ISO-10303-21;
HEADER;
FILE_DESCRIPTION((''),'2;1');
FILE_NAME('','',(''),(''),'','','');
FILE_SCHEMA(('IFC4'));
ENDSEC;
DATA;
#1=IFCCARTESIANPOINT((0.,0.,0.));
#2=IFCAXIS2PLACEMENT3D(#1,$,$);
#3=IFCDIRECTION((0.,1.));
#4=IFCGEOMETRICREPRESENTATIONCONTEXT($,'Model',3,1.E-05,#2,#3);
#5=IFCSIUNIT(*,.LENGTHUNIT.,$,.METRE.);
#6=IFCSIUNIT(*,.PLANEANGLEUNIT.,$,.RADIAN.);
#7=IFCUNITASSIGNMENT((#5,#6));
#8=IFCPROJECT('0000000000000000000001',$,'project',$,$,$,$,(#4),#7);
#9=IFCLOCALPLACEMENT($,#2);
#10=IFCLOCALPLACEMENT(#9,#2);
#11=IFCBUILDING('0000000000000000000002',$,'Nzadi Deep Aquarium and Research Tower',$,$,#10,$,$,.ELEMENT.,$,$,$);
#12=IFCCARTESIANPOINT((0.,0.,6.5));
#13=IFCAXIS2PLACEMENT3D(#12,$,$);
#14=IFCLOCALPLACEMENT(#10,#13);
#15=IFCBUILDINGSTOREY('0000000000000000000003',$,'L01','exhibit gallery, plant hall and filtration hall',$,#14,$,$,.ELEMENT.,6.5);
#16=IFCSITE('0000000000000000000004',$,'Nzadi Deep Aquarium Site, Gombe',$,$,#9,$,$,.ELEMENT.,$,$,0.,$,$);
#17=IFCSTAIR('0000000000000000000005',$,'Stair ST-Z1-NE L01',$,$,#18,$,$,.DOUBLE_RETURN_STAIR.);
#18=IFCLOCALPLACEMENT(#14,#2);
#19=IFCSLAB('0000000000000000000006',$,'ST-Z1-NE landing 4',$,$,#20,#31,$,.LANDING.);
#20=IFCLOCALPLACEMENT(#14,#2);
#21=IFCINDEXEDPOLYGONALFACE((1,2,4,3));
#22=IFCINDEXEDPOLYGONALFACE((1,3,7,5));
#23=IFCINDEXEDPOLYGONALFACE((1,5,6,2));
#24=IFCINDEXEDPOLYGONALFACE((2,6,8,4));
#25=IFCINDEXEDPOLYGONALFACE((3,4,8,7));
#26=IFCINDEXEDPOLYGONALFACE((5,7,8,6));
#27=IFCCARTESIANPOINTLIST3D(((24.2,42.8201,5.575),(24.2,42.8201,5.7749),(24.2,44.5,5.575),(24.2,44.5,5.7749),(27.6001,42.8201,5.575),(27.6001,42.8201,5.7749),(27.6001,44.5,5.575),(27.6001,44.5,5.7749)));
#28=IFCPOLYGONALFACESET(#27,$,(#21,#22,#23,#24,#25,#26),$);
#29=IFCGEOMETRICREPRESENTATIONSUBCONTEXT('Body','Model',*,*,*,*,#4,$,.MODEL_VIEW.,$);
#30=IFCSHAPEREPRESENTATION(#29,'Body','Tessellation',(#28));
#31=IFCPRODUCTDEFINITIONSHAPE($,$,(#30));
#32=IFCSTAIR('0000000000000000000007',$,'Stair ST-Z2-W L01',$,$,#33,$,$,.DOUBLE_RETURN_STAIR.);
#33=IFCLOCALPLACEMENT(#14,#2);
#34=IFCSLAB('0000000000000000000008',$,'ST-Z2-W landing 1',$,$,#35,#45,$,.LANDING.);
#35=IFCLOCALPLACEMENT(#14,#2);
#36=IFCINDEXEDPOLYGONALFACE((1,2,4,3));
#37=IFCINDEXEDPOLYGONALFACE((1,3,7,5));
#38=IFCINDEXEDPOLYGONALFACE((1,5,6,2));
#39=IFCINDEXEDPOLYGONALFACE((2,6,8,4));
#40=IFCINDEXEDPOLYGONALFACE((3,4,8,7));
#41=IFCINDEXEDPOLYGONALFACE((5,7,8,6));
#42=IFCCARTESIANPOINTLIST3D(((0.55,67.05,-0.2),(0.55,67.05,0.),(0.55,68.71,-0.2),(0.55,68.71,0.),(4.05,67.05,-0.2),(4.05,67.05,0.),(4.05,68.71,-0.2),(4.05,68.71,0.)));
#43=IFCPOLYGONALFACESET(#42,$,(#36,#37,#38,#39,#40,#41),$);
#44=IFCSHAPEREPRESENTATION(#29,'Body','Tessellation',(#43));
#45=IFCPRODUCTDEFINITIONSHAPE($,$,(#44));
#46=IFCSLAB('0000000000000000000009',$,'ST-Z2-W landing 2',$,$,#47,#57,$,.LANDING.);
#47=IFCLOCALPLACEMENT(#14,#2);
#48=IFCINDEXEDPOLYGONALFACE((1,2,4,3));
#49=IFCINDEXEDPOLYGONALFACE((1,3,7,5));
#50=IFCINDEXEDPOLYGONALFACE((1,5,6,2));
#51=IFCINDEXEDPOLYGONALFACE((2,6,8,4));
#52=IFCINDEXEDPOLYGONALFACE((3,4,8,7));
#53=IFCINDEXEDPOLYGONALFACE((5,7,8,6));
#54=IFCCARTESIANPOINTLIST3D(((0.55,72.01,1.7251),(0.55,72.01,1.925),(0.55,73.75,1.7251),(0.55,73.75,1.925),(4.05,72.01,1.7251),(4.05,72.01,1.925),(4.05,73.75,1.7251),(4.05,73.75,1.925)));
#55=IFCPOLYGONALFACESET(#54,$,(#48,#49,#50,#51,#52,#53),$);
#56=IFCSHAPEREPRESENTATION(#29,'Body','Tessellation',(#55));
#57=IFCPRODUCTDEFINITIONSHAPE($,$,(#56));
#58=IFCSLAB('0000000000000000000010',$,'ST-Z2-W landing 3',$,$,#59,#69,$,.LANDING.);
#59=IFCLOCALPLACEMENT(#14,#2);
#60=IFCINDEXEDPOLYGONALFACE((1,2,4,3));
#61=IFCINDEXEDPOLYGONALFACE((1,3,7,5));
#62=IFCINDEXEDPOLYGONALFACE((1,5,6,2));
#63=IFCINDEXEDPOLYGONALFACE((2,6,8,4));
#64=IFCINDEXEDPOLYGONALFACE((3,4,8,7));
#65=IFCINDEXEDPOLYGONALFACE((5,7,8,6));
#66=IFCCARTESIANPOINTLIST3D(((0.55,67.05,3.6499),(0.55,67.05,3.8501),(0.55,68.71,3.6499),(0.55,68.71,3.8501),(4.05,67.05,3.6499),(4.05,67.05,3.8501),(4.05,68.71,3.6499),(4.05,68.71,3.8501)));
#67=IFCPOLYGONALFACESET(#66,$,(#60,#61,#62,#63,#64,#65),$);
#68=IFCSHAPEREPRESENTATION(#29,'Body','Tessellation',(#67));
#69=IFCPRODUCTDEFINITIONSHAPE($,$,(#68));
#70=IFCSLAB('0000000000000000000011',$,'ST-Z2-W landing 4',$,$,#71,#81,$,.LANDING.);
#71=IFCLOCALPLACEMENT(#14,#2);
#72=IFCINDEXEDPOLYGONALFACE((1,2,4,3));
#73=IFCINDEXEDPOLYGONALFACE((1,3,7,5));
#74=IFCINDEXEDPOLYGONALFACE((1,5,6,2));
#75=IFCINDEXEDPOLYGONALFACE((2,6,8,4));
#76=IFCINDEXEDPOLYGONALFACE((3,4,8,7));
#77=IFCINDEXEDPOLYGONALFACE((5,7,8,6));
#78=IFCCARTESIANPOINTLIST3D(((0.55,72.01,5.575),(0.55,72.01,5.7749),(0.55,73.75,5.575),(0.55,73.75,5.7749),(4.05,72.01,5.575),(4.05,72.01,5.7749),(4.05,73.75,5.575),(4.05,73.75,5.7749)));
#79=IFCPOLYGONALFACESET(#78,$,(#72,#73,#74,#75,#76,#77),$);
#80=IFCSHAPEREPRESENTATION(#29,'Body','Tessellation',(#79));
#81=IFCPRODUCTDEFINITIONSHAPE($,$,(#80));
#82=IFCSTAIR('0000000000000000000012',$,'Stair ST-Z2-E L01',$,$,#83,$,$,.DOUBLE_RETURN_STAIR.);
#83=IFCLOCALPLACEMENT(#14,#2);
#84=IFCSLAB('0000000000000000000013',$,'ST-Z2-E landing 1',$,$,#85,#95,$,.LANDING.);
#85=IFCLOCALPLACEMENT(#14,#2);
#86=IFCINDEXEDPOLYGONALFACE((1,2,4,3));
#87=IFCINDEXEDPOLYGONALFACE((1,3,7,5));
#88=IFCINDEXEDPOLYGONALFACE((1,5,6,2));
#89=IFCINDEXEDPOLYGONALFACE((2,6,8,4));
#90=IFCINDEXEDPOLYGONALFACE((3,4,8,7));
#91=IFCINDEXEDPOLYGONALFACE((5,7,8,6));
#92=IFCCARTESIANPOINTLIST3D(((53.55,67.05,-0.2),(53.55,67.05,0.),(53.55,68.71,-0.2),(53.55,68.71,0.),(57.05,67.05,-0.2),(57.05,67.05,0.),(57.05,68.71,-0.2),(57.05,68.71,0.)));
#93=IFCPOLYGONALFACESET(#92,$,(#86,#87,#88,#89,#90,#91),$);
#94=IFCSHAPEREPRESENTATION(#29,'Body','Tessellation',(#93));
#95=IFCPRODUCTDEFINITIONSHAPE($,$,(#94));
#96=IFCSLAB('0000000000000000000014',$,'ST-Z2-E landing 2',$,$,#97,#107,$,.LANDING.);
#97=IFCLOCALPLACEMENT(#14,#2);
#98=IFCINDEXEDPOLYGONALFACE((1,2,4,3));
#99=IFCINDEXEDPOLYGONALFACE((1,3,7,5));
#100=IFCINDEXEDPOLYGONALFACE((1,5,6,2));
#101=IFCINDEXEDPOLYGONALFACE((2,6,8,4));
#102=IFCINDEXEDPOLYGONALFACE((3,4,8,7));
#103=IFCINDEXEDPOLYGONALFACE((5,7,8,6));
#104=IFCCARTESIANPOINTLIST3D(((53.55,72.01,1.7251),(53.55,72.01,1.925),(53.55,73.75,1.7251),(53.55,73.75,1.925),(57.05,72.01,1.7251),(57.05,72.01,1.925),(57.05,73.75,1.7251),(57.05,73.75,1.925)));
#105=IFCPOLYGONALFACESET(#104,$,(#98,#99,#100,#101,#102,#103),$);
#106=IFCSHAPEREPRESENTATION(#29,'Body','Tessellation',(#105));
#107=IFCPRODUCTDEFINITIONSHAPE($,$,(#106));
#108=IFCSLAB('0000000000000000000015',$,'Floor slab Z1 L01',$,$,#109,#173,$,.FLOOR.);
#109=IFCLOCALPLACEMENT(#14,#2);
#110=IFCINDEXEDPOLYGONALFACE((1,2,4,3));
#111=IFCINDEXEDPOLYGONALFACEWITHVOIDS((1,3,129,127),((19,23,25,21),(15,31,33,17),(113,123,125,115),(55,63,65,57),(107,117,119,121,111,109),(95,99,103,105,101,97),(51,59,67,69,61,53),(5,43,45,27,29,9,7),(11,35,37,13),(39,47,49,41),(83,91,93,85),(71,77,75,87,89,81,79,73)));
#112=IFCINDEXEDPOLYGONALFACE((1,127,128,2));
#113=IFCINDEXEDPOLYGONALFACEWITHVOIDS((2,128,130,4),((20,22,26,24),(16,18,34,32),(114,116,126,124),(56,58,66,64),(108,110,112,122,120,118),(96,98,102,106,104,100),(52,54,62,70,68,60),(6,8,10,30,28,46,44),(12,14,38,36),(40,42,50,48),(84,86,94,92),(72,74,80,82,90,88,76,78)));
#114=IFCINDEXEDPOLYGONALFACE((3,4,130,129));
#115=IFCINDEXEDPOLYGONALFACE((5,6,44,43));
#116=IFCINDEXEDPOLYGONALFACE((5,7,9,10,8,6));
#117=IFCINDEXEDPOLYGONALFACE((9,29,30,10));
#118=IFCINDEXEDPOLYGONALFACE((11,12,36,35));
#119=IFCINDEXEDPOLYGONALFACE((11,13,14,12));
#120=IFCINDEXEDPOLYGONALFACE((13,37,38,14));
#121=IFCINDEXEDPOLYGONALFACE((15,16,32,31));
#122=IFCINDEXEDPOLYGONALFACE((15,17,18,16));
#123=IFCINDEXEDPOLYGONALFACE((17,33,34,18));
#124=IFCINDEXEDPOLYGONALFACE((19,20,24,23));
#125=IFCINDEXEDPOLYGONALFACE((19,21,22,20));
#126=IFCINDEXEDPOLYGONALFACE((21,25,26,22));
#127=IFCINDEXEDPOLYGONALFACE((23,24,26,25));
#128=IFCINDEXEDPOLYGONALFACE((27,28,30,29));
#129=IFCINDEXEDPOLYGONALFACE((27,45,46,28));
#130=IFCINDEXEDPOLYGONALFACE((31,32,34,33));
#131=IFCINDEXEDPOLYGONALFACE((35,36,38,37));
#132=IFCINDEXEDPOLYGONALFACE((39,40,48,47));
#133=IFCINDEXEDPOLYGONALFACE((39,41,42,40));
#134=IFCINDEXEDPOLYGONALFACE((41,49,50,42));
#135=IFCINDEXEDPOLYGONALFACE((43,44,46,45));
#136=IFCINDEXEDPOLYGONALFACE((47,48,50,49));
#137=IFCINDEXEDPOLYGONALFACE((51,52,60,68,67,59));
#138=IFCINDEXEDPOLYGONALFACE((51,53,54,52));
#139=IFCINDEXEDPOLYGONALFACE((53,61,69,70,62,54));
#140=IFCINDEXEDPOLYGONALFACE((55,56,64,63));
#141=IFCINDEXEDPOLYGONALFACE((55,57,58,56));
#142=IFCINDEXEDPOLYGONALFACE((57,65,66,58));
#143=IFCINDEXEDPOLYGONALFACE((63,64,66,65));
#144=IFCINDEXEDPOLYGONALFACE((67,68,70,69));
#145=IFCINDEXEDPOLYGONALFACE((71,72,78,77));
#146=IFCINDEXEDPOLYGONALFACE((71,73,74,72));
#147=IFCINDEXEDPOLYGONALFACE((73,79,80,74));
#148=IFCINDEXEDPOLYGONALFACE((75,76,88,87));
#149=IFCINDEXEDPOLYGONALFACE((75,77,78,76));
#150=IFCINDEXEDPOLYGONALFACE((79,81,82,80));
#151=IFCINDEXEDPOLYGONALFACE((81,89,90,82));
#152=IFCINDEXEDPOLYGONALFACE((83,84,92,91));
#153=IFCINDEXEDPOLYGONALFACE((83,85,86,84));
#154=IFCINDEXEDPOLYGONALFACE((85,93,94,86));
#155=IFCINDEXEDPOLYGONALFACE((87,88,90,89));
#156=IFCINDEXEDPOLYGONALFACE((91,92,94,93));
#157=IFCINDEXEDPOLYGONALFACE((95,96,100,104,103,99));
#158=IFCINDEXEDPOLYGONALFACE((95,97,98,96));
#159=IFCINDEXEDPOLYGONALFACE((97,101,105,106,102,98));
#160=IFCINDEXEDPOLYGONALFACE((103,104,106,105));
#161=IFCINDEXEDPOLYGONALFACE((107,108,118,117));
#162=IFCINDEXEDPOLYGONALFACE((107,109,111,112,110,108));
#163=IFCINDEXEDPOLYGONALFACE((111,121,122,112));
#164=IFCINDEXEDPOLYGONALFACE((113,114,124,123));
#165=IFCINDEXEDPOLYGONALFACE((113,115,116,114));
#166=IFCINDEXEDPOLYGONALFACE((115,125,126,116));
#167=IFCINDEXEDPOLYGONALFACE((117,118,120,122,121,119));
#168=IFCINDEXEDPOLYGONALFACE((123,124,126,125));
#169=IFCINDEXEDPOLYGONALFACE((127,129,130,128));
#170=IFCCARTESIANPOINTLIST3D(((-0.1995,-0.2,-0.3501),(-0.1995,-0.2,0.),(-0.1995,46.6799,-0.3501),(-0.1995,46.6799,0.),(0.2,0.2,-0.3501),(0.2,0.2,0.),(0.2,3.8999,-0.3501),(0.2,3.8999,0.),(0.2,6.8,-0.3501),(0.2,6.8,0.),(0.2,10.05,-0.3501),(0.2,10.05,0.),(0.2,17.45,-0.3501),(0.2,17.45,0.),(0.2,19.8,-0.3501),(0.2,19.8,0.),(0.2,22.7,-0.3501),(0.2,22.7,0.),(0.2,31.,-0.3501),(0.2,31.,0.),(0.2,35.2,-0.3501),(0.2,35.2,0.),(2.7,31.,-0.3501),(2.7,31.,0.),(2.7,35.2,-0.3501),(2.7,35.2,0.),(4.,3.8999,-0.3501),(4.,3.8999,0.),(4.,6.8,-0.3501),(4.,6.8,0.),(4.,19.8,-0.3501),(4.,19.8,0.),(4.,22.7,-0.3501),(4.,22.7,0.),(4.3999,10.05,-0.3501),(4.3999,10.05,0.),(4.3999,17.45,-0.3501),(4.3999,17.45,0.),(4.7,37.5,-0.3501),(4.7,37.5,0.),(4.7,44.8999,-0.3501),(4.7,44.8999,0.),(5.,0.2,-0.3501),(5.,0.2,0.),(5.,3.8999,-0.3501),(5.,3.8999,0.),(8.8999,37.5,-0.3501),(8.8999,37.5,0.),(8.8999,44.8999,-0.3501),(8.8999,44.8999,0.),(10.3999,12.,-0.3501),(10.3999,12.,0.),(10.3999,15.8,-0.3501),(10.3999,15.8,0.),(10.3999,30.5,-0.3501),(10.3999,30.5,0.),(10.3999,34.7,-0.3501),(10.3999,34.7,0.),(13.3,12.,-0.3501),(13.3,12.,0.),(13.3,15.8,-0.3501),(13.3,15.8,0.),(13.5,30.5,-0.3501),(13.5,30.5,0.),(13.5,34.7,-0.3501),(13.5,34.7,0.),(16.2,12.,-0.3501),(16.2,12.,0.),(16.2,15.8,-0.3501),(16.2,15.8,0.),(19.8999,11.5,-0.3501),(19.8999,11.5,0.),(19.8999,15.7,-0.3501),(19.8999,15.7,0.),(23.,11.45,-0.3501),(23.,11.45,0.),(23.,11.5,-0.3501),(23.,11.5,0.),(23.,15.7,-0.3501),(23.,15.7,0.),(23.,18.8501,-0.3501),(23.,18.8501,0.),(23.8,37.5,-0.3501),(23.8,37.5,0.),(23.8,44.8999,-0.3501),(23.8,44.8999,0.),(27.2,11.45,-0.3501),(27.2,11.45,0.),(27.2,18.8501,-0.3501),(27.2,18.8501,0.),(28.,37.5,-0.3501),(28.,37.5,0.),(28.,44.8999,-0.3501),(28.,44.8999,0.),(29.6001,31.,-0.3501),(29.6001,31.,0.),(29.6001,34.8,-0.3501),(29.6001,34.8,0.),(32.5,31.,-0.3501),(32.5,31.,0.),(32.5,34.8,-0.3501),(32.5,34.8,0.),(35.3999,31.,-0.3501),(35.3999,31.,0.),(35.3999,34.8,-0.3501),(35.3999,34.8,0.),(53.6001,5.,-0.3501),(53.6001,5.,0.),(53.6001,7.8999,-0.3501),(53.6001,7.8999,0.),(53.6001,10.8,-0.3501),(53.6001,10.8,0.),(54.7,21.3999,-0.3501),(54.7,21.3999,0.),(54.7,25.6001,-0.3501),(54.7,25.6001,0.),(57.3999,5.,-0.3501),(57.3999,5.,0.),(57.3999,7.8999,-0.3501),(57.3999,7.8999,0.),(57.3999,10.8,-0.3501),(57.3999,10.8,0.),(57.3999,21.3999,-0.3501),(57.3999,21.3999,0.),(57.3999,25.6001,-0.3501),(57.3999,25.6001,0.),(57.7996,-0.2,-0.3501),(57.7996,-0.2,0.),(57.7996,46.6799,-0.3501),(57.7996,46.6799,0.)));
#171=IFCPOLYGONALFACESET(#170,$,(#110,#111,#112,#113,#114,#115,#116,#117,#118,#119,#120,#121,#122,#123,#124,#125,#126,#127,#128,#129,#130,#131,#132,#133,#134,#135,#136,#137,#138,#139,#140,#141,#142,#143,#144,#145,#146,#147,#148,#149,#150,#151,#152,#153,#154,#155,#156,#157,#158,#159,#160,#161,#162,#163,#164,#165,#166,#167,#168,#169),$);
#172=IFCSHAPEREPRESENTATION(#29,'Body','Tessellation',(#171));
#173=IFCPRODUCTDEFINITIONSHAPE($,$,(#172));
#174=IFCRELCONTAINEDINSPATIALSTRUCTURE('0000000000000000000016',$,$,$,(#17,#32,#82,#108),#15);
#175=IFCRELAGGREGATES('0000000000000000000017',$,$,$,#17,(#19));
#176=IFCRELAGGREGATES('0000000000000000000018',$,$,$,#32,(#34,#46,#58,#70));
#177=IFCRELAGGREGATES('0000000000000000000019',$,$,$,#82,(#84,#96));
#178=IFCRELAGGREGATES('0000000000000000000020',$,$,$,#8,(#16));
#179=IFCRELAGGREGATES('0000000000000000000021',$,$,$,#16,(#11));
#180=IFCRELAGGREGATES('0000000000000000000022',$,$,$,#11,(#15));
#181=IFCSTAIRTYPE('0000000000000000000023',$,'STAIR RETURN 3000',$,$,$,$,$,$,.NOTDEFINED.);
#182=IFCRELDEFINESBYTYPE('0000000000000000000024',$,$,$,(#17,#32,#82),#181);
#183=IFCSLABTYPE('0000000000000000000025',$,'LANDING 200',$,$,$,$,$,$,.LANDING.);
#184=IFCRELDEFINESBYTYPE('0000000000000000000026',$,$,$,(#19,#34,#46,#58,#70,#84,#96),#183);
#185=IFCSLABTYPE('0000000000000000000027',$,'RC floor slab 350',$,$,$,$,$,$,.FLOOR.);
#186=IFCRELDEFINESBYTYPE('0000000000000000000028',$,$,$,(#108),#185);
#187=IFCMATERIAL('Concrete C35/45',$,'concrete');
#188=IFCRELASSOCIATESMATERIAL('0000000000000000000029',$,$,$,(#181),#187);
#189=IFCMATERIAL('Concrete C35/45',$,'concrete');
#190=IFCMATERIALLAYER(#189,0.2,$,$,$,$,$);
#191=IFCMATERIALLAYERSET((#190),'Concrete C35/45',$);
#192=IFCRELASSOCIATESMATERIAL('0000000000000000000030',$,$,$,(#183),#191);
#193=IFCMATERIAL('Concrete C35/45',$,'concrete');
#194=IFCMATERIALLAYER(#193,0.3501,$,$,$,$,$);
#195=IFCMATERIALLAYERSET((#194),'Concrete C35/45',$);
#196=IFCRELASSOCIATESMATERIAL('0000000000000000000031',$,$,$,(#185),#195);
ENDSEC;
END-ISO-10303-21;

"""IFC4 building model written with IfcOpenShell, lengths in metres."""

from ifc_helpers import new_model, si_unit, direction, frame, origin, place, context, subcontext, project, spatial, polyline, outline, extrude, material, layer, layer_set, type_object, element, aggregate, save


model = new_model("IFC4")

# Units and contexts
model_context = context("Model", 3, precision=1e-05, world=origin(), true_north=direction((0.0, 1.0)))
body_context = subcontext(model_context, "Body", "Model", "MODEL_VIEW")
ifc_project = project(units=[si_unit("LENGTHUNIT", "METRE"), si_unit("PLANEANGLEUNIT", "RADIAN")], contexts=[model_context])

# Site, building, storey
site_placement = place(None, origin())
site = spatial("IfcSite", under=ifc_project, at=site_placement, Name="Nzadi Deep Aquarium Site, Gombe", CompositionType="ELEMENT", RefElevation=0.0)
building_placement = place(site_placement, origin())
building = spatial("IfcBuilding", under=site, at=building_placement, Name="Nzadi Deep Aquarium and Research Tower", CompositionType="ELEMENT")
storey_placement = place(building_placement, frame((0.0, 0.0, 6.5)))
storey = spatial("IfcBuildingStorey", under=building, at=storey_placement, Name="L01", Description="exhibit gallery, plant hall and filtration hall", CompositionType="ELEMENT", Elevation=6.5)

# Stairs, slabs
ifc_material_1 = material(Name="Concrete C35/45", Category="concrete")
stair_type = type_object("IfcStairType", Name="STAIR RETURN 3000", PredefinedType="NOTDEFINED", material=ifc_material_1)
ifc_material_2 = material(Name="Concrete C35/45", Category="concrete")
ifc_layer_1 = layer(ifc_material_2, 0.2)
ifc_layer_set_1 = layer_set([ifc_layer_1], Name="Concrete C35/45")
slab_type_1 = type_object("IfcSlabType", Name="LANDING 200", PredefinedType="LANDING", material=ifc_layer_set_1)
stair_1_placement = place(storey_placement, origin())
stair_1 = element("IfcStair", 1, at=stair_1_placement, inside=storey, type_object=stair_type, Name="Stair ST-Z1-NE L01", PredefinedType="DOUBLE_RETURN_STAIR")
slab_1_placement = place(storey_placement, frame((0.0, 0.0, 5.575)))
slab_1 = element("IfcSlab", 2, at=slab_1_placement, type_object=slab_type_1, Name="ST-Z1-NE landing 4", PredefinedType="LANDING", context=body_context, shape_type="SweptSolid", body=[
    extrude(outline(polyline([(24.2, 42.8201), (27.6001, 42.8201), (27.6001, 44.5), (24.2, 44.5), (24.2, 42.8201)])), origin(), (0.0, 0.0, 1.0), 0.2),
])
aggregate(stair_1, [slab_1])
stair_2_placement = place(storey_placement, origin())
stair_2 = element("IfcStair", 3, at=stair_2_placement, inside=storey, type_object=stair_type, Name="Stair ST-Z2-W L01", PredefinedType="DOUBLE_RETURN_STAIR")
slab_2_placement = place(storey_placement, frame((0.0, 0.0, -0.2)))
slab_2 = element("IfcSlab", 4, at=slab_2_placement, type_object=slab_type_1, Name="ST-Z2-W landing 1", PredefinedType="LANDING", context=body_context, shape_type="SweptSolid", body=[
    extrude(outline(polyline([(0.55, 67.05), (4.05, 67.05), (4.05, 68.71), (0.55, 68.71), (0.55, 67.05)])), origin(), (0.0, 0.0, 1.0), 0.2),
])
slab_3_placement = place(storey_placement, frame((0.0, 0.0, 1.7251)))
slab_3 = element("IfcSlab", 5, at=slab_3_placement, type_object=slab_type_1, Name="ST-Z2-W landing 2", PredefinedType="LANDING", context=body_context, shape_type="SweptSolid", body=[
    extrude(outline(polyline([(0.55, 72.01), (4.05, 72.01), (4.05, 73.75), (0.55, 73.75), (0.55, 72.01)])), origin(), (0.0, 0.0, 1.0), 0.2),
])
slab_4_placement = place(storey_placement, frame((0.0, 0.0, 3.6499)))
slab_4 = element("IfcSlab", 6, at=slab_4_placement, type_object=slab_type_1, Name="ST-Z2-W landing 3", PredefinedType="LANDING", context=body_context, shape_type="SweptSolid", body=[
    extrude(outline(polyline([(0.55, 67.05), (4.05, 67.05), (4.05, 68.71), (0.55, 68.71), (0.55, 67.05)])), origin(), (0.0, 0.0, 1.0), 0.2002),
])
slab_5_placement = place(storey_placement, frame((0.0, 0.0, 5.575)))
slab_5 = element("IfcSlab", 7, at=slab_5_placement, type_object=slab_type_1, Name="ST-Z2-W landing 4", PredefinedType="LANDING", context=body_context, shape_type="SweptSolid", body=[
    extrude(outline(polyline([(0.55, 72.01), (4.05, 72.01), (4.05, 73.75), (0.55, 73.75), (0.55, 72.01)])), origin(), (0.0, 0.0, 1.0), 0.2),
])
aggregate(stair_2, [slab_2, slab_3, slab_4, slab_5])
stair_3_placement = place(storey_placement, origin())
stair_3 = element("IfcStair", 8, at=stair_3_placement, inside=storey, type_object=stair_type, Name="Stair ST-Z2-E L01", PredefinedType="DOUBLE_RETURN_STAIR")
slab_6_placement = place(storey_placement, frame((0.0, 0.0, -0.2)))
slab_6 = element("IfcSlab", 9, at=slab_6_placement, type_object=slab_type_1, Name="ST-Z2-E landing 1", PredefinedType="LANDING", context=body_context, shape_type="SweptSolid", body=[
    extrude(outline(polyline([(57.05, 68.71), (53.55, 68.71), (53.55, 67.05), (57.05, 67.05), (57.05, 68.71)])), origin(), (0.0, 0.0, 1.0), 0.2),
])
slab_7_placement = place(storey_placement, frame((0.0, 0.0, 1.7251)))
slab_7 = element("IfcSlab", 10, at=slab_7_placement, type_object=slab_type_1, Name="ST-Z2-E landing 2", PredefinedType="LANDING", context=body_context, shape_type="SweptSolid", body=[
    extrude(outline(polyline([(57.05, 73.75), (53.55, 73.75), (53.55, 72.01), (57.05, 72.01), (57.05, 73.75)])), origin(), (0.0, 0.0, 1.0), 0.2),
])
aggregate(stair_3, [slab_6, slab_7])

# Slab
ifc_material_3 = material(Name="Concrete C35/45", Category="concrete")
ifc_layer_2 = layer(ifc_material_3, 0.3501)
ifc_layer_set_2 = layer_set([ifc_layer_2], Name="Concrete C35/45")
slab_type_2 = type_object("IfcSlabType", Name="RC floor slab 350", PredefinedType="FLOOR", material=ifc_layer_set_2)
slab_8_placement = place(storey_placement, frame((0.0, 0.0, -0.3501)))
element("IfcSlab", 11, at=slab_8_placement, inside=storey, type_object=slab_type_2, Name="Floor slab Z1 L01", PredefinedType="FLOOR", context=body_context, shape_type="SweptSolid", body=[
    extrude(outline(polyline([(-0.1995, -0.2), (57.7996, -0.2), (57.7996, 46.6799), (-0.1995, 46.6799), (-0.1995, -0.2)]), holes=[polyline([(4.3999, 17.45), (4.3999, 10.05), (0.2, 10.05), (0.2, 17.45), (4.3999, 17.45)]), polyline([(19.8999, 15.7), (23.0, 15.7), (23.0, 18.8501), (27.2, 18.8501), (27.2, 11.45), (23.0, 11.45), (23.0, 11.5), (19.8999, 11.5), (19.8999, 15.7)]), polyline([(4.7, 37.5), (4.7, 44.8999), (8.8999, 44.8999), (8.8999, 37.5), (4.7, 37.5)]), polyline([(23.8, 44.8999), (28.0, 44.8999), (28.0, 37.5), (23.8, 37.5), (23.8, 44.8999)]), polyline([(0.2, 0.2), (0.2, 3.8999), (0.2, 6.8), (4.0, 6.8), (4.0, 3.8999), (5.0, 3.8999), (5.0, 0.2), (0.2, 0.2)]), polyline([(0.2, 19.8), (0.2, 22.7), (4.0, 22.7), (4.0, 19.8), (0.2, 19.8)]), polyline([(57.3999, 7.8999), (57.3999, 5.0), (53.6001, 5.0), (53.6001, 7.8999), (53.6001, 10.8), (57.3999, 10.8), (57.3999, 7.8999)]), polyline([(2.7, 31.0), (0.2, 31.0), (0.2, 35.2), (2.7, 35.2), (2.7, 31.0)]), polyline([(54.7, 21.3999), (54.7, 25.6001), (57.3999, 25.6001), (57.3999, 21.3999), (54.7, 21.3999)]), polyline([(16.2, 15.8), (16.2, 12.0), (13.3, 12.0), (10.3999, 12.0), (10.3999, 15.8), (13.3, 15.8), (16.2, 15.8)]), polyline([(10.3999, 30.5), (10.3999, 34.7), (13.5, 34.7), (13.5, 30.5), (10.3999, 30.5)]), polyline([(29.6001, 34.8), (32.5, 34.8), (35.3999, 34.8), (35.3999, 31.0), (32.5, 31.0), (29.6001, 31.0), (29.6001, 34.8)])]), origin(), (0.0, 0.0, 1.0), 0.3501),
])

save(model, "model.ifc")
